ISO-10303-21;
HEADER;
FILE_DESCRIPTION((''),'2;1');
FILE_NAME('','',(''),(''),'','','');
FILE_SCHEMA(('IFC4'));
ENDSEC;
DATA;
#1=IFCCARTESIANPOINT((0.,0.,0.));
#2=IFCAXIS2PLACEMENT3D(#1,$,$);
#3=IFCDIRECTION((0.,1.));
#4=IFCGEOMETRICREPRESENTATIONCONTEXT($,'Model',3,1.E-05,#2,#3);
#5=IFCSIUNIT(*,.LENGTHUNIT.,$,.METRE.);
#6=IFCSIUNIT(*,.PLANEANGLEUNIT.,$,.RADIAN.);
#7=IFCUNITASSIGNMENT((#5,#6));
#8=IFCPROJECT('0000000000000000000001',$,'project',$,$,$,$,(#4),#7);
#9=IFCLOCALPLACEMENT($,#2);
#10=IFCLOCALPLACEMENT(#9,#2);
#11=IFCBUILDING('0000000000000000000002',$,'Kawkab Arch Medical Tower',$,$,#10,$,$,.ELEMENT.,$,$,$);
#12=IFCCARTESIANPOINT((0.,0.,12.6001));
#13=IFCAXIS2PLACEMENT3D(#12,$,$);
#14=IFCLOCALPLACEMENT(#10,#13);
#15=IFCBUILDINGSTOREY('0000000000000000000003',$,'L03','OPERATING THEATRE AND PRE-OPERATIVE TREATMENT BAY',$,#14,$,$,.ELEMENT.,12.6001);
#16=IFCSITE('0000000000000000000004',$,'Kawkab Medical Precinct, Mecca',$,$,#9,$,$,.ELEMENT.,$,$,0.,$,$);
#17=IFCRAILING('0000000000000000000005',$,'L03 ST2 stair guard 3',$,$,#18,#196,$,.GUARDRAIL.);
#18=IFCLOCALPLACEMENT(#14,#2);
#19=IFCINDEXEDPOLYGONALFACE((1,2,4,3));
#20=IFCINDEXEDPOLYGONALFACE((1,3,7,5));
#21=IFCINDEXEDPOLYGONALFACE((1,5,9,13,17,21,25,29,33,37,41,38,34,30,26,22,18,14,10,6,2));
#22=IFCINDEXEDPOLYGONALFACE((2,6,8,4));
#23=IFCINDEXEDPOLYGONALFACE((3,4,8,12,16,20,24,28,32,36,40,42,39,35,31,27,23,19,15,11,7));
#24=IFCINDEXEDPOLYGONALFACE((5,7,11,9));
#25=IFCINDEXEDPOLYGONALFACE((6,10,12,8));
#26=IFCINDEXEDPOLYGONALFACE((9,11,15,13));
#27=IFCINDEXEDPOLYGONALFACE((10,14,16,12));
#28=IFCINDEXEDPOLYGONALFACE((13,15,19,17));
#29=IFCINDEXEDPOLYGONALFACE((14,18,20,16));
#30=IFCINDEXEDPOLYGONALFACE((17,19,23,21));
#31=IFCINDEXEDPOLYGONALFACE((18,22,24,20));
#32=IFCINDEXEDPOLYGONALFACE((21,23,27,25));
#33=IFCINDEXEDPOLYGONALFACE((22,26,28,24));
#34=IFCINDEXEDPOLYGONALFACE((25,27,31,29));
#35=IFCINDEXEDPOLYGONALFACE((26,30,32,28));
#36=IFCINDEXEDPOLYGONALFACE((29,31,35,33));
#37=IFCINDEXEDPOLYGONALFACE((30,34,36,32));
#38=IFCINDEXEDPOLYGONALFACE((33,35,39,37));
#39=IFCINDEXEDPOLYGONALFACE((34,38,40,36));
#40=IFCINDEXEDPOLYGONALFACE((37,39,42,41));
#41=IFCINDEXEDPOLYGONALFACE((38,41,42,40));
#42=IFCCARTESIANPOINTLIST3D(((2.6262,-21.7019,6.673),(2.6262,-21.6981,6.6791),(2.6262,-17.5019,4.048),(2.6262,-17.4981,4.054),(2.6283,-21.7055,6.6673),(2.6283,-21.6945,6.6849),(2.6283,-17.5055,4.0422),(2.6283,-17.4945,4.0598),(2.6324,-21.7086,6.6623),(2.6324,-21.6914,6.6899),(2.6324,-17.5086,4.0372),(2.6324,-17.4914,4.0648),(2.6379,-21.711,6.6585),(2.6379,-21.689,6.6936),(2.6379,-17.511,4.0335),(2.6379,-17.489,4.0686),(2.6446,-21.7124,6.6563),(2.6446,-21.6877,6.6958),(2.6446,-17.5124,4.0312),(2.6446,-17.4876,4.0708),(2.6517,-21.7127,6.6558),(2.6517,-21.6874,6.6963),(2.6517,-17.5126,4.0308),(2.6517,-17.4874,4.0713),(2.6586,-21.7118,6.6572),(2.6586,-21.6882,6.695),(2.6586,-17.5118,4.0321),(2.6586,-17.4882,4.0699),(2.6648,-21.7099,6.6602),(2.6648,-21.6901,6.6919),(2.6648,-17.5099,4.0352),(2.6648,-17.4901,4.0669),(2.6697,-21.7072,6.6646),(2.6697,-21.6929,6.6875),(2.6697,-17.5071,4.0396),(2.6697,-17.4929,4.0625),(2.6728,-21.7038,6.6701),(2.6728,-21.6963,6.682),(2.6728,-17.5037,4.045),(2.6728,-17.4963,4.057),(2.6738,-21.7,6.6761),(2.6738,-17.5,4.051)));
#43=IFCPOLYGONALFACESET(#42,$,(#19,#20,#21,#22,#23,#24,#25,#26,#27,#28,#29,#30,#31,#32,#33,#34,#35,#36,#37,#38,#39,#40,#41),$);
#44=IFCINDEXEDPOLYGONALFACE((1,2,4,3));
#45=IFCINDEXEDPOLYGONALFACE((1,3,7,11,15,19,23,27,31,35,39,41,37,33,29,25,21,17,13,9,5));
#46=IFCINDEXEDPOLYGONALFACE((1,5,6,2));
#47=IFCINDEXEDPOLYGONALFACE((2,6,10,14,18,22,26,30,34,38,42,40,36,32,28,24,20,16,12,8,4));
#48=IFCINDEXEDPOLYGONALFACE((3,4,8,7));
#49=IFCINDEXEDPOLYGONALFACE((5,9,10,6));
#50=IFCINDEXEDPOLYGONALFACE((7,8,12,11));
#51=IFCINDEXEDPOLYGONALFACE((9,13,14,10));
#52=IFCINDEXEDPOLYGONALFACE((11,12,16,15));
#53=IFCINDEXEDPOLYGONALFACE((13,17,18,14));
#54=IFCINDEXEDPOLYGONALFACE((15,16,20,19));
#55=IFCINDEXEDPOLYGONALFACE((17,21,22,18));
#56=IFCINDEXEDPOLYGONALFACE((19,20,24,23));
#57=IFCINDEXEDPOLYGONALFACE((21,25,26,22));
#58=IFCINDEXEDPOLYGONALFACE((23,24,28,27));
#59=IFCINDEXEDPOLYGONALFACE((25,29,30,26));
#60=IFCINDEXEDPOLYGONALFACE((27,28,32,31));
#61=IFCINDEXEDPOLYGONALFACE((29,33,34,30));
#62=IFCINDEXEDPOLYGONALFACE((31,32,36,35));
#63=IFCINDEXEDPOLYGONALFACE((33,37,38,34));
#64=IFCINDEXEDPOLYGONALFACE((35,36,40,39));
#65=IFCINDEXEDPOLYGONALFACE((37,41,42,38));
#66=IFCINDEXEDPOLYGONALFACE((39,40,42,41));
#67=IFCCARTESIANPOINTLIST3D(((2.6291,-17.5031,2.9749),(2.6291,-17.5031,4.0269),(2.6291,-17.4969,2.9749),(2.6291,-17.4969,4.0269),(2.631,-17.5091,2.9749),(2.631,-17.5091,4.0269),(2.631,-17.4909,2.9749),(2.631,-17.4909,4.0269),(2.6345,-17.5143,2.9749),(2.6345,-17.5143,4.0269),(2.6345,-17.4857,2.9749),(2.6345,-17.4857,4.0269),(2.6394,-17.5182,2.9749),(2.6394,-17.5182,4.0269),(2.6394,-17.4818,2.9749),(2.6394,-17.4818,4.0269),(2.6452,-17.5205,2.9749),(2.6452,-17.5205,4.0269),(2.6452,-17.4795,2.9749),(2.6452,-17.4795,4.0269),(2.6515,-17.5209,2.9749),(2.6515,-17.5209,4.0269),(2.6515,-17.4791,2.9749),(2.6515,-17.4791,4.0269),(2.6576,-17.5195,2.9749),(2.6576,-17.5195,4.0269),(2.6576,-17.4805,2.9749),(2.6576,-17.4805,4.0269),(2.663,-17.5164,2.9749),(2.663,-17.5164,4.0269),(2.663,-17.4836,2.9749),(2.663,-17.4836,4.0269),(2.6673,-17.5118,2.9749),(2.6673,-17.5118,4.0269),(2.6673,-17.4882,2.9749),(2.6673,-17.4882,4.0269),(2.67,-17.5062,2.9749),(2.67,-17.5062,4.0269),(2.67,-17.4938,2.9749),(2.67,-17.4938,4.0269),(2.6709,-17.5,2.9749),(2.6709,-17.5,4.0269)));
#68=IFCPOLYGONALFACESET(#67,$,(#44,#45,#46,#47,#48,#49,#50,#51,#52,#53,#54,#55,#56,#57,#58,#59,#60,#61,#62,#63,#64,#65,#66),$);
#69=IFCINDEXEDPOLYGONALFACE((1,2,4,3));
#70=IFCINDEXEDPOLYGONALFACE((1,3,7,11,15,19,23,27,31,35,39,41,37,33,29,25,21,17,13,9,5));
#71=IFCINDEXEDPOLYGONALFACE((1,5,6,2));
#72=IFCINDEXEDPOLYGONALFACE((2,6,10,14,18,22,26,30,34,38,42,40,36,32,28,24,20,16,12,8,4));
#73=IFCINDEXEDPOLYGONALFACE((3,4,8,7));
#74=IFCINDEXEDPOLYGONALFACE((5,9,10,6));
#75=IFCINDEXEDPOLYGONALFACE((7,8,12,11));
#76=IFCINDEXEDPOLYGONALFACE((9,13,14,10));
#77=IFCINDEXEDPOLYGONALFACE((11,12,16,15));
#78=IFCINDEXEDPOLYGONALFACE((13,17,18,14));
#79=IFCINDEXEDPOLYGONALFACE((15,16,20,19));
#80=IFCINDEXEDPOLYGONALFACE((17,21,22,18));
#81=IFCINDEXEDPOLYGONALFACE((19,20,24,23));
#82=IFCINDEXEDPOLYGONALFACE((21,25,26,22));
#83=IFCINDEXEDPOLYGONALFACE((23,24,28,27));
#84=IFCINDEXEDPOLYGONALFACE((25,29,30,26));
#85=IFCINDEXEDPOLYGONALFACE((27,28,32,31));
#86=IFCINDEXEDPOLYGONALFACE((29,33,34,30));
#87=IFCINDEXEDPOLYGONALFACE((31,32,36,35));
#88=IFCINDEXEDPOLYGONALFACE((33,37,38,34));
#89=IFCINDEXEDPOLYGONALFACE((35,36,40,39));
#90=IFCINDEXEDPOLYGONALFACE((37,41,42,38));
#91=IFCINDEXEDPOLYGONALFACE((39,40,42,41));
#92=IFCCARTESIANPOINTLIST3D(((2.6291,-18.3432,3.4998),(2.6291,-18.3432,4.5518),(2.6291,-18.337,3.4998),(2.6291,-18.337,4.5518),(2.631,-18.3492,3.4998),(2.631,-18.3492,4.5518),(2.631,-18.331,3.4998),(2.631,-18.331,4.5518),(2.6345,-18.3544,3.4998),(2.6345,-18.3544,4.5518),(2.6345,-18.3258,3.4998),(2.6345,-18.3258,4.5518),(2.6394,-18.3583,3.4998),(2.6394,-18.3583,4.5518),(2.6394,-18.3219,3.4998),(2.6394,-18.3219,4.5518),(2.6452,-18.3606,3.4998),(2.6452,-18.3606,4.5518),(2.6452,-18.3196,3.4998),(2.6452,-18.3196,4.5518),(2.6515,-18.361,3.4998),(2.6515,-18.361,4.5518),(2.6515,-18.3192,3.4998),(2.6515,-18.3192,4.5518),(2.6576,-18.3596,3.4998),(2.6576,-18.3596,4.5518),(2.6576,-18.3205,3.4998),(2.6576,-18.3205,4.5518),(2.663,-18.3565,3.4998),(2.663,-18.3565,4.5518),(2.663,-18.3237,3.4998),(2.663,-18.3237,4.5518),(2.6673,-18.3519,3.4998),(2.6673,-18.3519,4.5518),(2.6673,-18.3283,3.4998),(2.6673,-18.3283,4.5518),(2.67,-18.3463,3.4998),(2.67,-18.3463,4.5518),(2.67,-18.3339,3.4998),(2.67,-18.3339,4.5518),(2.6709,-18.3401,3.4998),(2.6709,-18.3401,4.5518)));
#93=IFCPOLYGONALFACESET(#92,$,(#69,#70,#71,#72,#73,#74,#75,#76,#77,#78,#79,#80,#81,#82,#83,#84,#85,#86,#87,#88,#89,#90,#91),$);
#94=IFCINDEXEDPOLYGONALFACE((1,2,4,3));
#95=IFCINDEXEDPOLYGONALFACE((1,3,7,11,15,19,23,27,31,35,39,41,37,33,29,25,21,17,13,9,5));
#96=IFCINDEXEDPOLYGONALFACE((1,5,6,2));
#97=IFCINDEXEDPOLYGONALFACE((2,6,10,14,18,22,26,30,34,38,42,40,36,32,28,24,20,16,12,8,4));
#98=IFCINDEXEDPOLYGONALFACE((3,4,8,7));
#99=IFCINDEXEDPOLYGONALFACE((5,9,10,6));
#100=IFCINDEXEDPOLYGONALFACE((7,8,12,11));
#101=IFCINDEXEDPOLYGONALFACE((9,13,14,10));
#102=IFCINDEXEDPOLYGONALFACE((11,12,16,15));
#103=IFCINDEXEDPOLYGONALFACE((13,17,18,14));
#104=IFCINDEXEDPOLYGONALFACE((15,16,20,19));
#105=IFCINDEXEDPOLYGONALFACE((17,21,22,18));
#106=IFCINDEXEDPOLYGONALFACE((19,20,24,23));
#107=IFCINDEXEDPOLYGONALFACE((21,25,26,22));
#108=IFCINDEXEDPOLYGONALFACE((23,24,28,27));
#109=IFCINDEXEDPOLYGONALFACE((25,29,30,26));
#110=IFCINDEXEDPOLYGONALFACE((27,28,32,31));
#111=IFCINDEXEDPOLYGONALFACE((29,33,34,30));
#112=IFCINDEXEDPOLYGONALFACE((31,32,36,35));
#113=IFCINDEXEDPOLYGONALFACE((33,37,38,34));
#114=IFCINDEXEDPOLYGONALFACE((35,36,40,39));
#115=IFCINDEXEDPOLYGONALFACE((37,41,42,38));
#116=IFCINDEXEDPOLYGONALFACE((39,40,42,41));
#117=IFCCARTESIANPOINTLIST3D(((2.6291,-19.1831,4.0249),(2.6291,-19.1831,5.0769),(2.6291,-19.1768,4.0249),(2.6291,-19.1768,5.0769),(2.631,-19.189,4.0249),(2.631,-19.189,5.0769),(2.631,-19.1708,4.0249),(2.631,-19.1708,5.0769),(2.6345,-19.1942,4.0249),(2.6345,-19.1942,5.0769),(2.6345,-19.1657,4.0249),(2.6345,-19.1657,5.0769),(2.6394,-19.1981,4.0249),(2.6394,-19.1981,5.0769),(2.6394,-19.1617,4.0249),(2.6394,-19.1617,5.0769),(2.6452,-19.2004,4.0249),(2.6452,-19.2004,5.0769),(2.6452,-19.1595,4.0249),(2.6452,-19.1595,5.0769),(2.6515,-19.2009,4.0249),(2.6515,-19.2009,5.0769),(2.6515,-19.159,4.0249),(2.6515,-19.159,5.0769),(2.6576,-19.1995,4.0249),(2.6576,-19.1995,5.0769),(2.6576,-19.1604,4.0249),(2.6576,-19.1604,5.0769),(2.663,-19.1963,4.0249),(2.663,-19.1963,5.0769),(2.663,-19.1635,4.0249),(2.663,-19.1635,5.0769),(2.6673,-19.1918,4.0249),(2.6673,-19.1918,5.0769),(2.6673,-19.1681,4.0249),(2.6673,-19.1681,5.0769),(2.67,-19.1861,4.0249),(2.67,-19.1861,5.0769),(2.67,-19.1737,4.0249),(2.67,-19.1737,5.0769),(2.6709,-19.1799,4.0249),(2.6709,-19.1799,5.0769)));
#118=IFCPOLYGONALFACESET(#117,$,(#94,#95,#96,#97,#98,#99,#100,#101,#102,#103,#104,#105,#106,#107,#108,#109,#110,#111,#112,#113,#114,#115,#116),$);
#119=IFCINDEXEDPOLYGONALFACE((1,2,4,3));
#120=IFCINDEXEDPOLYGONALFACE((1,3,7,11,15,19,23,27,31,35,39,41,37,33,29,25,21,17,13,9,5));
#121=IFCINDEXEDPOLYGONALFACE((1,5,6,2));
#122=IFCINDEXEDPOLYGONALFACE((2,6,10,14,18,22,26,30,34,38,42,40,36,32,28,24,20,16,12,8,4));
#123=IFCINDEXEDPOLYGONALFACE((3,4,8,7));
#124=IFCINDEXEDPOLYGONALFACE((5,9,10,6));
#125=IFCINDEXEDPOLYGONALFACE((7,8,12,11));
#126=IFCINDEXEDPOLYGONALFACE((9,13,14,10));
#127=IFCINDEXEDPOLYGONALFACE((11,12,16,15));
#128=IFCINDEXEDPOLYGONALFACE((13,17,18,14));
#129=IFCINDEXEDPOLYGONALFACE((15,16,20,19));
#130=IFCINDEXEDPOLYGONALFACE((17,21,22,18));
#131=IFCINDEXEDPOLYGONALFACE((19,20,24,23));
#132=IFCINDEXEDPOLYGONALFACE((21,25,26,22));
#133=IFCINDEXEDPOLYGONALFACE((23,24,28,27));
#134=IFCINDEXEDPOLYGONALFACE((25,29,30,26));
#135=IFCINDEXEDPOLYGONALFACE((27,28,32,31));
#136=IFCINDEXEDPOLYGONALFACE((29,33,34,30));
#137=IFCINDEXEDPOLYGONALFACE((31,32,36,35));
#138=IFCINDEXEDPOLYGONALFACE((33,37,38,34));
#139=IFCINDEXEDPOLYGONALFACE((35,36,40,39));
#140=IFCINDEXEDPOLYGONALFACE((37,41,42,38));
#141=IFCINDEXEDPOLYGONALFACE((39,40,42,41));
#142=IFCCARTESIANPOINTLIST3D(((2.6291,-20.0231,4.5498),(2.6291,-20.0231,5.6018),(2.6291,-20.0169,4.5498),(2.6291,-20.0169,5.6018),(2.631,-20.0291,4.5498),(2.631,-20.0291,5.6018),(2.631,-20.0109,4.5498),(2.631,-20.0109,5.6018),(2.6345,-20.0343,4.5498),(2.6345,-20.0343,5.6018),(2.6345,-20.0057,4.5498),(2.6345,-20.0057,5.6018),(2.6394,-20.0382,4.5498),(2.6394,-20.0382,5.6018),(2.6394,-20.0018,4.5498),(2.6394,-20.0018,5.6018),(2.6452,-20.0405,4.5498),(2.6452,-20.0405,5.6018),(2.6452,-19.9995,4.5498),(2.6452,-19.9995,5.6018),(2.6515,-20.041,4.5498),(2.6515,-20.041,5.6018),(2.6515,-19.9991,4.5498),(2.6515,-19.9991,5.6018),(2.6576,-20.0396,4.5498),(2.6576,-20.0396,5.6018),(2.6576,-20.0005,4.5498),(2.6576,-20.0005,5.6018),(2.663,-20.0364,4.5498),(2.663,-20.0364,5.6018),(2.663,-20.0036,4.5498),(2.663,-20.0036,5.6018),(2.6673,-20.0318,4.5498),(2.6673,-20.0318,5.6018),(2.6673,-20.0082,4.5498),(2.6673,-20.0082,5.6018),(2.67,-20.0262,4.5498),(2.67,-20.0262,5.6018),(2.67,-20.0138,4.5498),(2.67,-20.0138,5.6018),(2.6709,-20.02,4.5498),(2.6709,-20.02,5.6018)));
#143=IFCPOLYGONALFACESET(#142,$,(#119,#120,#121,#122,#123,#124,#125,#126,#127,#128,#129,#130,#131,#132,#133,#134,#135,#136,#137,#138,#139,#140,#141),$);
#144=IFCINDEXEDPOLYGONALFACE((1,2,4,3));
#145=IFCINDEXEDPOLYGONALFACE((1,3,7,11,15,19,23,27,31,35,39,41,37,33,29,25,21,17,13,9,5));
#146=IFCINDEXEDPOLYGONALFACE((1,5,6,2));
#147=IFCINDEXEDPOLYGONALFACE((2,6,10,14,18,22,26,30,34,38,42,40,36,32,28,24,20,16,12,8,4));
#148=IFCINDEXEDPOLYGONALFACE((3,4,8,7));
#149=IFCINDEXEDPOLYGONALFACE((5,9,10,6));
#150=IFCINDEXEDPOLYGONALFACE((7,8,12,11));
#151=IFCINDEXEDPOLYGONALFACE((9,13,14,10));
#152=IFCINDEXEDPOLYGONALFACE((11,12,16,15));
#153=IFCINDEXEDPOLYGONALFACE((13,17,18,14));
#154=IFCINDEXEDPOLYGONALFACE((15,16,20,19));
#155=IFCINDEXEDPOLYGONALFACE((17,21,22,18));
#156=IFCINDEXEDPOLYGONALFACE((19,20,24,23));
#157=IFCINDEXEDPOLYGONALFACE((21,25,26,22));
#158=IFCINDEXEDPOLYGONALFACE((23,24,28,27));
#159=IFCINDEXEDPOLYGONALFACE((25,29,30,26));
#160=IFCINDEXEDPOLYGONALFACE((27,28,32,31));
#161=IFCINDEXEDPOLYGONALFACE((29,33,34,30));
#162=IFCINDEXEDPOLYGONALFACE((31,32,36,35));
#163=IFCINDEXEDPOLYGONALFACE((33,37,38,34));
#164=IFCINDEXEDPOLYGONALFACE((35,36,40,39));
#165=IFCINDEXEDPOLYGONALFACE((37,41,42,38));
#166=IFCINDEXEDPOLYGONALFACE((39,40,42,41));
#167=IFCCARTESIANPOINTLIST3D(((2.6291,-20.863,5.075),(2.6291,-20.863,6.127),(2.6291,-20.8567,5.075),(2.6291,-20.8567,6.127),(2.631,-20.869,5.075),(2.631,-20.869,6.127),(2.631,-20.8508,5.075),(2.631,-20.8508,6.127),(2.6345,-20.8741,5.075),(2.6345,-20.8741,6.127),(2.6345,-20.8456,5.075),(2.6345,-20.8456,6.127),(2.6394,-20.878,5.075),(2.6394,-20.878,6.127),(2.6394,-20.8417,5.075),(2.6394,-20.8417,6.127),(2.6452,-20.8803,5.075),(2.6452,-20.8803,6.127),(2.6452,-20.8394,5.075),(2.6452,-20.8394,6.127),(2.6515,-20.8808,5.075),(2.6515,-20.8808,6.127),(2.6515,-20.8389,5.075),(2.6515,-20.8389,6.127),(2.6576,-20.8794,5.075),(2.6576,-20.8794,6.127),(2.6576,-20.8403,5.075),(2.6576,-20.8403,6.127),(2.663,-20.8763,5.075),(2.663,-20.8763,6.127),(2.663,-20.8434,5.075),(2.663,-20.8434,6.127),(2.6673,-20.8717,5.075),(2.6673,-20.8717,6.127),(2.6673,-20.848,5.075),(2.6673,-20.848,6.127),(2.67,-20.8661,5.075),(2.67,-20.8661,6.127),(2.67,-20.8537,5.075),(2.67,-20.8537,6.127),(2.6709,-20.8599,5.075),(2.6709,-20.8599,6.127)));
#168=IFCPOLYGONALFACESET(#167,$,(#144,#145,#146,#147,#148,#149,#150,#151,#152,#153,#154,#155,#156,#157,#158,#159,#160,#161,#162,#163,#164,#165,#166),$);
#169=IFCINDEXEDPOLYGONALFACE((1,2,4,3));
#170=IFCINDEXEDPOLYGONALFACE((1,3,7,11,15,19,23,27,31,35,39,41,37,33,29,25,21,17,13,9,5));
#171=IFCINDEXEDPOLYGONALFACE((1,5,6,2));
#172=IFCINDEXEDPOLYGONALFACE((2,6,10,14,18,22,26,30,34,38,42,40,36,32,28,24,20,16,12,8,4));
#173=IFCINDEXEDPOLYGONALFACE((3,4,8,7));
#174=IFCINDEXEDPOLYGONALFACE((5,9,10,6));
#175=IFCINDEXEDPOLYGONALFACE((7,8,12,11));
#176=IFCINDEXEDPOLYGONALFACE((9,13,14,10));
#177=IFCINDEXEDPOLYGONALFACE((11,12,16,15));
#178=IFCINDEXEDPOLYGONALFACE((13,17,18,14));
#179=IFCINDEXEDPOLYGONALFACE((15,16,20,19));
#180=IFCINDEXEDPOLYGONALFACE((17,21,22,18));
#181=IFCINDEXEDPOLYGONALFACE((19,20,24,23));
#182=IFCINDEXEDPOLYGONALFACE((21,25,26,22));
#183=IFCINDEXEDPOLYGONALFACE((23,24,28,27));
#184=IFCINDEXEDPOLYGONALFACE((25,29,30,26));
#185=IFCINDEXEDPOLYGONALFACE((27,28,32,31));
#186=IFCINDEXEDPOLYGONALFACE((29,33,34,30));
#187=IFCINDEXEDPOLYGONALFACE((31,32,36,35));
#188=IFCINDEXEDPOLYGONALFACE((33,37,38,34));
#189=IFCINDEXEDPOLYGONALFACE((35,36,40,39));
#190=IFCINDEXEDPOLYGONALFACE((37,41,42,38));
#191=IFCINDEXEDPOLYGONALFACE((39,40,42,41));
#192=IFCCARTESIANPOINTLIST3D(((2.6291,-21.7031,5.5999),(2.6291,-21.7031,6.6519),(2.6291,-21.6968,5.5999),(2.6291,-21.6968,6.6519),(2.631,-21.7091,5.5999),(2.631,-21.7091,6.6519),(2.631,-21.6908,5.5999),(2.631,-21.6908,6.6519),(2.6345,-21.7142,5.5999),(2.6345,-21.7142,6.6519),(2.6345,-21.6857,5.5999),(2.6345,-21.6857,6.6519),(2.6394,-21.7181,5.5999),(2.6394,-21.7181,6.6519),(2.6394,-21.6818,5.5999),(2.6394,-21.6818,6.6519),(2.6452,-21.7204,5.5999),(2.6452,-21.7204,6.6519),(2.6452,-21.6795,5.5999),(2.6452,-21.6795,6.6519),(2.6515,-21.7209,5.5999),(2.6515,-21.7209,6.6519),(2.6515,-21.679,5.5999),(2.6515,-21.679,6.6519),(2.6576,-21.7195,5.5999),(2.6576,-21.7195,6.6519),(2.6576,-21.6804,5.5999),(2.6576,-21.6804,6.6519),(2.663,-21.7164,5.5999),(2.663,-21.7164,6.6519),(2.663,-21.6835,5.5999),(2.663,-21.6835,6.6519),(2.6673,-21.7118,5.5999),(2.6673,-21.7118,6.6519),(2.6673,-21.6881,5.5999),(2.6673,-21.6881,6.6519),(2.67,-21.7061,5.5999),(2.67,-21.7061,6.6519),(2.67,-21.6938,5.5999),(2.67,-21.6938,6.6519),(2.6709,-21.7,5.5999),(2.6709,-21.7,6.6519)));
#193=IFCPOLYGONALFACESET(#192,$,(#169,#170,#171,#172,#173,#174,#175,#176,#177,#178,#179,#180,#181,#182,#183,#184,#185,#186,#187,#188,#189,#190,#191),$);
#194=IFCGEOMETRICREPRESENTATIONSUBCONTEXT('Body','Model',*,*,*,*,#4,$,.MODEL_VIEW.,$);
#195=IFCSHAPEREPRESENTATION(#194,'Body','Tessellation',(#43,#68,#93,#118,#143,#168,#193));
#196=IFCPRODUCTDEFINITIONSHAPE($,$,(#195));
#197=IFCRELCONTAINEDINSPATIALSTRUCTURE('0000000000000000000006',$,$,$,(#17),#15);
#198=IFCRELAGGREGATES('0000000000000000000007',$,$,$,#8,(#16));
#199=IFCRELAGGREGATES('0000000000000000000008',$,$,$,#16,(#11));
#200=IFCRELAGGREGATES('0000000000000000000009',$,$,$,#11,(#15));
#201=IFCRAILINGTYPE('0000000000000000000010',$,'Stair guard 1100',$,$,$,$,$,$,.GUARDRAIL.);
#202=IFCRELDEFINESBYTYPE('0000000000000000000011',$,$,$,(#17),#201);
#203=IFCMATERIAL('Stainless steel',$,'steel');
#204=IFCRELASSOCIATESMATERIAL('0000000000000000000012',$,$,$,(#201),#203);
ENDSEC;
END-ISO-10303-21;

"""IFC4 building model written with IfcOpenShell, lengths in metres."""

from ifc_helpers import new_model, si_unit, direction, frame, origin, origin_2d, place, context, subcontext, project, spatial, circle, extrude, material, type_object, element, save


model = new_model("IFC4")

# Units and contexts
model_context = context("Model", 3, precision=1e-05, world=origin(), true_north=direction((0.0, 1.0)))
body_context = subcontext(model_context, "Body", "Model", "MODEL_VIEW")
ifc_project = project(units=[si_unit("LENGTHUNIT", "METRE"), si_unit("PLANEANGLEUNIT", "RADIAN")], contexts=[model_context])

# Site, building, storey
site_placement = place(None, origin())
site = spatial("IfcSite", under=ifc_project, at=site_placement, Name="Kawkab Medical Precinct, Mecca", CompositionType="ELEMENT", RefElevation=0.0)
building_placement = place(site_placement, origin())
building = spatial("IfcBuilding", under=site, at=building_placement, Name="Kawkab Arch Medical Tower", CompositionType="ELEMENT")
storey_placement = place(building_placement, frame((0.0, 0.0, 12.6001)))
storey = spatial("IfcBuildingStorey", under=building, at=storey_placement, Name="L03", Description="OPERATING THEATRE AND PRE-OPERATIVE TREATMENT BAY", CompositionType="ELEMENT", Elevation=12.6001)

# Railing
ifc_material_1 = material(Name="Stainless steel", Category="steel")
railing_type = type_object("IfcRailingType", Name="Stair guard 1100", PredefinedType="GUARDRAIL", material=ifc_material_1)
railing_1_placement = place(storey_placement, frame((2.6499, -17.5, 2.9749)))
element("IfcRailing", 1, at=railing_1_placement, inside=storey, type_object=railing_type, Name="L03 ST2 stair guard 3", PredefinedType="GUARDRAIL", context=body_context, shape_type="SweptSolid", body=[
    extrude(circle(Radius=0.0239, at=origin_2d()), frame((0.0, 0.0, 1.0762), z_axis=(0.0, -0.847996, 0.530003), x_axis=(1.0, 0.0, 0.0)), (0.0, 0.0, 1.0), 4.9529),
    extrude(circle(Radius=0.021, at=origin_2d()), origin(), (0.0, 0.0, 1.0), 1.052),
    extrude(circle(Radius=0.021, at=origin_2d()), frame((0.0, -0.8401, 0.5249)), (0.0, 0.0, 1.0), 1.052),
    extrude(circle(Radius=0.021, at=origin_2d()), frame((0.0, -1.6799, 1.05)), (0.0, 0.0, 1.0), 1.052),
    extrude(circle(Radius=0.021, at=origin_2d()), frame((0.0, -2.52, 1.575)), (0.0, 0.0, 1.0), 1.052),
    extrude(circle(Radius=0.021, at=origin_2d()), frame((0.0, -3.3599, 2.1001)), (0.0, 0.0, 1.0), 1.052),
    extrude(circle(Radius=0.021, at=origin_2d()), frame((0.0, -4.2, 2.625)), (0.0, 0.0, 1.0), 1.052),
])

save(model, "model.ifc")
